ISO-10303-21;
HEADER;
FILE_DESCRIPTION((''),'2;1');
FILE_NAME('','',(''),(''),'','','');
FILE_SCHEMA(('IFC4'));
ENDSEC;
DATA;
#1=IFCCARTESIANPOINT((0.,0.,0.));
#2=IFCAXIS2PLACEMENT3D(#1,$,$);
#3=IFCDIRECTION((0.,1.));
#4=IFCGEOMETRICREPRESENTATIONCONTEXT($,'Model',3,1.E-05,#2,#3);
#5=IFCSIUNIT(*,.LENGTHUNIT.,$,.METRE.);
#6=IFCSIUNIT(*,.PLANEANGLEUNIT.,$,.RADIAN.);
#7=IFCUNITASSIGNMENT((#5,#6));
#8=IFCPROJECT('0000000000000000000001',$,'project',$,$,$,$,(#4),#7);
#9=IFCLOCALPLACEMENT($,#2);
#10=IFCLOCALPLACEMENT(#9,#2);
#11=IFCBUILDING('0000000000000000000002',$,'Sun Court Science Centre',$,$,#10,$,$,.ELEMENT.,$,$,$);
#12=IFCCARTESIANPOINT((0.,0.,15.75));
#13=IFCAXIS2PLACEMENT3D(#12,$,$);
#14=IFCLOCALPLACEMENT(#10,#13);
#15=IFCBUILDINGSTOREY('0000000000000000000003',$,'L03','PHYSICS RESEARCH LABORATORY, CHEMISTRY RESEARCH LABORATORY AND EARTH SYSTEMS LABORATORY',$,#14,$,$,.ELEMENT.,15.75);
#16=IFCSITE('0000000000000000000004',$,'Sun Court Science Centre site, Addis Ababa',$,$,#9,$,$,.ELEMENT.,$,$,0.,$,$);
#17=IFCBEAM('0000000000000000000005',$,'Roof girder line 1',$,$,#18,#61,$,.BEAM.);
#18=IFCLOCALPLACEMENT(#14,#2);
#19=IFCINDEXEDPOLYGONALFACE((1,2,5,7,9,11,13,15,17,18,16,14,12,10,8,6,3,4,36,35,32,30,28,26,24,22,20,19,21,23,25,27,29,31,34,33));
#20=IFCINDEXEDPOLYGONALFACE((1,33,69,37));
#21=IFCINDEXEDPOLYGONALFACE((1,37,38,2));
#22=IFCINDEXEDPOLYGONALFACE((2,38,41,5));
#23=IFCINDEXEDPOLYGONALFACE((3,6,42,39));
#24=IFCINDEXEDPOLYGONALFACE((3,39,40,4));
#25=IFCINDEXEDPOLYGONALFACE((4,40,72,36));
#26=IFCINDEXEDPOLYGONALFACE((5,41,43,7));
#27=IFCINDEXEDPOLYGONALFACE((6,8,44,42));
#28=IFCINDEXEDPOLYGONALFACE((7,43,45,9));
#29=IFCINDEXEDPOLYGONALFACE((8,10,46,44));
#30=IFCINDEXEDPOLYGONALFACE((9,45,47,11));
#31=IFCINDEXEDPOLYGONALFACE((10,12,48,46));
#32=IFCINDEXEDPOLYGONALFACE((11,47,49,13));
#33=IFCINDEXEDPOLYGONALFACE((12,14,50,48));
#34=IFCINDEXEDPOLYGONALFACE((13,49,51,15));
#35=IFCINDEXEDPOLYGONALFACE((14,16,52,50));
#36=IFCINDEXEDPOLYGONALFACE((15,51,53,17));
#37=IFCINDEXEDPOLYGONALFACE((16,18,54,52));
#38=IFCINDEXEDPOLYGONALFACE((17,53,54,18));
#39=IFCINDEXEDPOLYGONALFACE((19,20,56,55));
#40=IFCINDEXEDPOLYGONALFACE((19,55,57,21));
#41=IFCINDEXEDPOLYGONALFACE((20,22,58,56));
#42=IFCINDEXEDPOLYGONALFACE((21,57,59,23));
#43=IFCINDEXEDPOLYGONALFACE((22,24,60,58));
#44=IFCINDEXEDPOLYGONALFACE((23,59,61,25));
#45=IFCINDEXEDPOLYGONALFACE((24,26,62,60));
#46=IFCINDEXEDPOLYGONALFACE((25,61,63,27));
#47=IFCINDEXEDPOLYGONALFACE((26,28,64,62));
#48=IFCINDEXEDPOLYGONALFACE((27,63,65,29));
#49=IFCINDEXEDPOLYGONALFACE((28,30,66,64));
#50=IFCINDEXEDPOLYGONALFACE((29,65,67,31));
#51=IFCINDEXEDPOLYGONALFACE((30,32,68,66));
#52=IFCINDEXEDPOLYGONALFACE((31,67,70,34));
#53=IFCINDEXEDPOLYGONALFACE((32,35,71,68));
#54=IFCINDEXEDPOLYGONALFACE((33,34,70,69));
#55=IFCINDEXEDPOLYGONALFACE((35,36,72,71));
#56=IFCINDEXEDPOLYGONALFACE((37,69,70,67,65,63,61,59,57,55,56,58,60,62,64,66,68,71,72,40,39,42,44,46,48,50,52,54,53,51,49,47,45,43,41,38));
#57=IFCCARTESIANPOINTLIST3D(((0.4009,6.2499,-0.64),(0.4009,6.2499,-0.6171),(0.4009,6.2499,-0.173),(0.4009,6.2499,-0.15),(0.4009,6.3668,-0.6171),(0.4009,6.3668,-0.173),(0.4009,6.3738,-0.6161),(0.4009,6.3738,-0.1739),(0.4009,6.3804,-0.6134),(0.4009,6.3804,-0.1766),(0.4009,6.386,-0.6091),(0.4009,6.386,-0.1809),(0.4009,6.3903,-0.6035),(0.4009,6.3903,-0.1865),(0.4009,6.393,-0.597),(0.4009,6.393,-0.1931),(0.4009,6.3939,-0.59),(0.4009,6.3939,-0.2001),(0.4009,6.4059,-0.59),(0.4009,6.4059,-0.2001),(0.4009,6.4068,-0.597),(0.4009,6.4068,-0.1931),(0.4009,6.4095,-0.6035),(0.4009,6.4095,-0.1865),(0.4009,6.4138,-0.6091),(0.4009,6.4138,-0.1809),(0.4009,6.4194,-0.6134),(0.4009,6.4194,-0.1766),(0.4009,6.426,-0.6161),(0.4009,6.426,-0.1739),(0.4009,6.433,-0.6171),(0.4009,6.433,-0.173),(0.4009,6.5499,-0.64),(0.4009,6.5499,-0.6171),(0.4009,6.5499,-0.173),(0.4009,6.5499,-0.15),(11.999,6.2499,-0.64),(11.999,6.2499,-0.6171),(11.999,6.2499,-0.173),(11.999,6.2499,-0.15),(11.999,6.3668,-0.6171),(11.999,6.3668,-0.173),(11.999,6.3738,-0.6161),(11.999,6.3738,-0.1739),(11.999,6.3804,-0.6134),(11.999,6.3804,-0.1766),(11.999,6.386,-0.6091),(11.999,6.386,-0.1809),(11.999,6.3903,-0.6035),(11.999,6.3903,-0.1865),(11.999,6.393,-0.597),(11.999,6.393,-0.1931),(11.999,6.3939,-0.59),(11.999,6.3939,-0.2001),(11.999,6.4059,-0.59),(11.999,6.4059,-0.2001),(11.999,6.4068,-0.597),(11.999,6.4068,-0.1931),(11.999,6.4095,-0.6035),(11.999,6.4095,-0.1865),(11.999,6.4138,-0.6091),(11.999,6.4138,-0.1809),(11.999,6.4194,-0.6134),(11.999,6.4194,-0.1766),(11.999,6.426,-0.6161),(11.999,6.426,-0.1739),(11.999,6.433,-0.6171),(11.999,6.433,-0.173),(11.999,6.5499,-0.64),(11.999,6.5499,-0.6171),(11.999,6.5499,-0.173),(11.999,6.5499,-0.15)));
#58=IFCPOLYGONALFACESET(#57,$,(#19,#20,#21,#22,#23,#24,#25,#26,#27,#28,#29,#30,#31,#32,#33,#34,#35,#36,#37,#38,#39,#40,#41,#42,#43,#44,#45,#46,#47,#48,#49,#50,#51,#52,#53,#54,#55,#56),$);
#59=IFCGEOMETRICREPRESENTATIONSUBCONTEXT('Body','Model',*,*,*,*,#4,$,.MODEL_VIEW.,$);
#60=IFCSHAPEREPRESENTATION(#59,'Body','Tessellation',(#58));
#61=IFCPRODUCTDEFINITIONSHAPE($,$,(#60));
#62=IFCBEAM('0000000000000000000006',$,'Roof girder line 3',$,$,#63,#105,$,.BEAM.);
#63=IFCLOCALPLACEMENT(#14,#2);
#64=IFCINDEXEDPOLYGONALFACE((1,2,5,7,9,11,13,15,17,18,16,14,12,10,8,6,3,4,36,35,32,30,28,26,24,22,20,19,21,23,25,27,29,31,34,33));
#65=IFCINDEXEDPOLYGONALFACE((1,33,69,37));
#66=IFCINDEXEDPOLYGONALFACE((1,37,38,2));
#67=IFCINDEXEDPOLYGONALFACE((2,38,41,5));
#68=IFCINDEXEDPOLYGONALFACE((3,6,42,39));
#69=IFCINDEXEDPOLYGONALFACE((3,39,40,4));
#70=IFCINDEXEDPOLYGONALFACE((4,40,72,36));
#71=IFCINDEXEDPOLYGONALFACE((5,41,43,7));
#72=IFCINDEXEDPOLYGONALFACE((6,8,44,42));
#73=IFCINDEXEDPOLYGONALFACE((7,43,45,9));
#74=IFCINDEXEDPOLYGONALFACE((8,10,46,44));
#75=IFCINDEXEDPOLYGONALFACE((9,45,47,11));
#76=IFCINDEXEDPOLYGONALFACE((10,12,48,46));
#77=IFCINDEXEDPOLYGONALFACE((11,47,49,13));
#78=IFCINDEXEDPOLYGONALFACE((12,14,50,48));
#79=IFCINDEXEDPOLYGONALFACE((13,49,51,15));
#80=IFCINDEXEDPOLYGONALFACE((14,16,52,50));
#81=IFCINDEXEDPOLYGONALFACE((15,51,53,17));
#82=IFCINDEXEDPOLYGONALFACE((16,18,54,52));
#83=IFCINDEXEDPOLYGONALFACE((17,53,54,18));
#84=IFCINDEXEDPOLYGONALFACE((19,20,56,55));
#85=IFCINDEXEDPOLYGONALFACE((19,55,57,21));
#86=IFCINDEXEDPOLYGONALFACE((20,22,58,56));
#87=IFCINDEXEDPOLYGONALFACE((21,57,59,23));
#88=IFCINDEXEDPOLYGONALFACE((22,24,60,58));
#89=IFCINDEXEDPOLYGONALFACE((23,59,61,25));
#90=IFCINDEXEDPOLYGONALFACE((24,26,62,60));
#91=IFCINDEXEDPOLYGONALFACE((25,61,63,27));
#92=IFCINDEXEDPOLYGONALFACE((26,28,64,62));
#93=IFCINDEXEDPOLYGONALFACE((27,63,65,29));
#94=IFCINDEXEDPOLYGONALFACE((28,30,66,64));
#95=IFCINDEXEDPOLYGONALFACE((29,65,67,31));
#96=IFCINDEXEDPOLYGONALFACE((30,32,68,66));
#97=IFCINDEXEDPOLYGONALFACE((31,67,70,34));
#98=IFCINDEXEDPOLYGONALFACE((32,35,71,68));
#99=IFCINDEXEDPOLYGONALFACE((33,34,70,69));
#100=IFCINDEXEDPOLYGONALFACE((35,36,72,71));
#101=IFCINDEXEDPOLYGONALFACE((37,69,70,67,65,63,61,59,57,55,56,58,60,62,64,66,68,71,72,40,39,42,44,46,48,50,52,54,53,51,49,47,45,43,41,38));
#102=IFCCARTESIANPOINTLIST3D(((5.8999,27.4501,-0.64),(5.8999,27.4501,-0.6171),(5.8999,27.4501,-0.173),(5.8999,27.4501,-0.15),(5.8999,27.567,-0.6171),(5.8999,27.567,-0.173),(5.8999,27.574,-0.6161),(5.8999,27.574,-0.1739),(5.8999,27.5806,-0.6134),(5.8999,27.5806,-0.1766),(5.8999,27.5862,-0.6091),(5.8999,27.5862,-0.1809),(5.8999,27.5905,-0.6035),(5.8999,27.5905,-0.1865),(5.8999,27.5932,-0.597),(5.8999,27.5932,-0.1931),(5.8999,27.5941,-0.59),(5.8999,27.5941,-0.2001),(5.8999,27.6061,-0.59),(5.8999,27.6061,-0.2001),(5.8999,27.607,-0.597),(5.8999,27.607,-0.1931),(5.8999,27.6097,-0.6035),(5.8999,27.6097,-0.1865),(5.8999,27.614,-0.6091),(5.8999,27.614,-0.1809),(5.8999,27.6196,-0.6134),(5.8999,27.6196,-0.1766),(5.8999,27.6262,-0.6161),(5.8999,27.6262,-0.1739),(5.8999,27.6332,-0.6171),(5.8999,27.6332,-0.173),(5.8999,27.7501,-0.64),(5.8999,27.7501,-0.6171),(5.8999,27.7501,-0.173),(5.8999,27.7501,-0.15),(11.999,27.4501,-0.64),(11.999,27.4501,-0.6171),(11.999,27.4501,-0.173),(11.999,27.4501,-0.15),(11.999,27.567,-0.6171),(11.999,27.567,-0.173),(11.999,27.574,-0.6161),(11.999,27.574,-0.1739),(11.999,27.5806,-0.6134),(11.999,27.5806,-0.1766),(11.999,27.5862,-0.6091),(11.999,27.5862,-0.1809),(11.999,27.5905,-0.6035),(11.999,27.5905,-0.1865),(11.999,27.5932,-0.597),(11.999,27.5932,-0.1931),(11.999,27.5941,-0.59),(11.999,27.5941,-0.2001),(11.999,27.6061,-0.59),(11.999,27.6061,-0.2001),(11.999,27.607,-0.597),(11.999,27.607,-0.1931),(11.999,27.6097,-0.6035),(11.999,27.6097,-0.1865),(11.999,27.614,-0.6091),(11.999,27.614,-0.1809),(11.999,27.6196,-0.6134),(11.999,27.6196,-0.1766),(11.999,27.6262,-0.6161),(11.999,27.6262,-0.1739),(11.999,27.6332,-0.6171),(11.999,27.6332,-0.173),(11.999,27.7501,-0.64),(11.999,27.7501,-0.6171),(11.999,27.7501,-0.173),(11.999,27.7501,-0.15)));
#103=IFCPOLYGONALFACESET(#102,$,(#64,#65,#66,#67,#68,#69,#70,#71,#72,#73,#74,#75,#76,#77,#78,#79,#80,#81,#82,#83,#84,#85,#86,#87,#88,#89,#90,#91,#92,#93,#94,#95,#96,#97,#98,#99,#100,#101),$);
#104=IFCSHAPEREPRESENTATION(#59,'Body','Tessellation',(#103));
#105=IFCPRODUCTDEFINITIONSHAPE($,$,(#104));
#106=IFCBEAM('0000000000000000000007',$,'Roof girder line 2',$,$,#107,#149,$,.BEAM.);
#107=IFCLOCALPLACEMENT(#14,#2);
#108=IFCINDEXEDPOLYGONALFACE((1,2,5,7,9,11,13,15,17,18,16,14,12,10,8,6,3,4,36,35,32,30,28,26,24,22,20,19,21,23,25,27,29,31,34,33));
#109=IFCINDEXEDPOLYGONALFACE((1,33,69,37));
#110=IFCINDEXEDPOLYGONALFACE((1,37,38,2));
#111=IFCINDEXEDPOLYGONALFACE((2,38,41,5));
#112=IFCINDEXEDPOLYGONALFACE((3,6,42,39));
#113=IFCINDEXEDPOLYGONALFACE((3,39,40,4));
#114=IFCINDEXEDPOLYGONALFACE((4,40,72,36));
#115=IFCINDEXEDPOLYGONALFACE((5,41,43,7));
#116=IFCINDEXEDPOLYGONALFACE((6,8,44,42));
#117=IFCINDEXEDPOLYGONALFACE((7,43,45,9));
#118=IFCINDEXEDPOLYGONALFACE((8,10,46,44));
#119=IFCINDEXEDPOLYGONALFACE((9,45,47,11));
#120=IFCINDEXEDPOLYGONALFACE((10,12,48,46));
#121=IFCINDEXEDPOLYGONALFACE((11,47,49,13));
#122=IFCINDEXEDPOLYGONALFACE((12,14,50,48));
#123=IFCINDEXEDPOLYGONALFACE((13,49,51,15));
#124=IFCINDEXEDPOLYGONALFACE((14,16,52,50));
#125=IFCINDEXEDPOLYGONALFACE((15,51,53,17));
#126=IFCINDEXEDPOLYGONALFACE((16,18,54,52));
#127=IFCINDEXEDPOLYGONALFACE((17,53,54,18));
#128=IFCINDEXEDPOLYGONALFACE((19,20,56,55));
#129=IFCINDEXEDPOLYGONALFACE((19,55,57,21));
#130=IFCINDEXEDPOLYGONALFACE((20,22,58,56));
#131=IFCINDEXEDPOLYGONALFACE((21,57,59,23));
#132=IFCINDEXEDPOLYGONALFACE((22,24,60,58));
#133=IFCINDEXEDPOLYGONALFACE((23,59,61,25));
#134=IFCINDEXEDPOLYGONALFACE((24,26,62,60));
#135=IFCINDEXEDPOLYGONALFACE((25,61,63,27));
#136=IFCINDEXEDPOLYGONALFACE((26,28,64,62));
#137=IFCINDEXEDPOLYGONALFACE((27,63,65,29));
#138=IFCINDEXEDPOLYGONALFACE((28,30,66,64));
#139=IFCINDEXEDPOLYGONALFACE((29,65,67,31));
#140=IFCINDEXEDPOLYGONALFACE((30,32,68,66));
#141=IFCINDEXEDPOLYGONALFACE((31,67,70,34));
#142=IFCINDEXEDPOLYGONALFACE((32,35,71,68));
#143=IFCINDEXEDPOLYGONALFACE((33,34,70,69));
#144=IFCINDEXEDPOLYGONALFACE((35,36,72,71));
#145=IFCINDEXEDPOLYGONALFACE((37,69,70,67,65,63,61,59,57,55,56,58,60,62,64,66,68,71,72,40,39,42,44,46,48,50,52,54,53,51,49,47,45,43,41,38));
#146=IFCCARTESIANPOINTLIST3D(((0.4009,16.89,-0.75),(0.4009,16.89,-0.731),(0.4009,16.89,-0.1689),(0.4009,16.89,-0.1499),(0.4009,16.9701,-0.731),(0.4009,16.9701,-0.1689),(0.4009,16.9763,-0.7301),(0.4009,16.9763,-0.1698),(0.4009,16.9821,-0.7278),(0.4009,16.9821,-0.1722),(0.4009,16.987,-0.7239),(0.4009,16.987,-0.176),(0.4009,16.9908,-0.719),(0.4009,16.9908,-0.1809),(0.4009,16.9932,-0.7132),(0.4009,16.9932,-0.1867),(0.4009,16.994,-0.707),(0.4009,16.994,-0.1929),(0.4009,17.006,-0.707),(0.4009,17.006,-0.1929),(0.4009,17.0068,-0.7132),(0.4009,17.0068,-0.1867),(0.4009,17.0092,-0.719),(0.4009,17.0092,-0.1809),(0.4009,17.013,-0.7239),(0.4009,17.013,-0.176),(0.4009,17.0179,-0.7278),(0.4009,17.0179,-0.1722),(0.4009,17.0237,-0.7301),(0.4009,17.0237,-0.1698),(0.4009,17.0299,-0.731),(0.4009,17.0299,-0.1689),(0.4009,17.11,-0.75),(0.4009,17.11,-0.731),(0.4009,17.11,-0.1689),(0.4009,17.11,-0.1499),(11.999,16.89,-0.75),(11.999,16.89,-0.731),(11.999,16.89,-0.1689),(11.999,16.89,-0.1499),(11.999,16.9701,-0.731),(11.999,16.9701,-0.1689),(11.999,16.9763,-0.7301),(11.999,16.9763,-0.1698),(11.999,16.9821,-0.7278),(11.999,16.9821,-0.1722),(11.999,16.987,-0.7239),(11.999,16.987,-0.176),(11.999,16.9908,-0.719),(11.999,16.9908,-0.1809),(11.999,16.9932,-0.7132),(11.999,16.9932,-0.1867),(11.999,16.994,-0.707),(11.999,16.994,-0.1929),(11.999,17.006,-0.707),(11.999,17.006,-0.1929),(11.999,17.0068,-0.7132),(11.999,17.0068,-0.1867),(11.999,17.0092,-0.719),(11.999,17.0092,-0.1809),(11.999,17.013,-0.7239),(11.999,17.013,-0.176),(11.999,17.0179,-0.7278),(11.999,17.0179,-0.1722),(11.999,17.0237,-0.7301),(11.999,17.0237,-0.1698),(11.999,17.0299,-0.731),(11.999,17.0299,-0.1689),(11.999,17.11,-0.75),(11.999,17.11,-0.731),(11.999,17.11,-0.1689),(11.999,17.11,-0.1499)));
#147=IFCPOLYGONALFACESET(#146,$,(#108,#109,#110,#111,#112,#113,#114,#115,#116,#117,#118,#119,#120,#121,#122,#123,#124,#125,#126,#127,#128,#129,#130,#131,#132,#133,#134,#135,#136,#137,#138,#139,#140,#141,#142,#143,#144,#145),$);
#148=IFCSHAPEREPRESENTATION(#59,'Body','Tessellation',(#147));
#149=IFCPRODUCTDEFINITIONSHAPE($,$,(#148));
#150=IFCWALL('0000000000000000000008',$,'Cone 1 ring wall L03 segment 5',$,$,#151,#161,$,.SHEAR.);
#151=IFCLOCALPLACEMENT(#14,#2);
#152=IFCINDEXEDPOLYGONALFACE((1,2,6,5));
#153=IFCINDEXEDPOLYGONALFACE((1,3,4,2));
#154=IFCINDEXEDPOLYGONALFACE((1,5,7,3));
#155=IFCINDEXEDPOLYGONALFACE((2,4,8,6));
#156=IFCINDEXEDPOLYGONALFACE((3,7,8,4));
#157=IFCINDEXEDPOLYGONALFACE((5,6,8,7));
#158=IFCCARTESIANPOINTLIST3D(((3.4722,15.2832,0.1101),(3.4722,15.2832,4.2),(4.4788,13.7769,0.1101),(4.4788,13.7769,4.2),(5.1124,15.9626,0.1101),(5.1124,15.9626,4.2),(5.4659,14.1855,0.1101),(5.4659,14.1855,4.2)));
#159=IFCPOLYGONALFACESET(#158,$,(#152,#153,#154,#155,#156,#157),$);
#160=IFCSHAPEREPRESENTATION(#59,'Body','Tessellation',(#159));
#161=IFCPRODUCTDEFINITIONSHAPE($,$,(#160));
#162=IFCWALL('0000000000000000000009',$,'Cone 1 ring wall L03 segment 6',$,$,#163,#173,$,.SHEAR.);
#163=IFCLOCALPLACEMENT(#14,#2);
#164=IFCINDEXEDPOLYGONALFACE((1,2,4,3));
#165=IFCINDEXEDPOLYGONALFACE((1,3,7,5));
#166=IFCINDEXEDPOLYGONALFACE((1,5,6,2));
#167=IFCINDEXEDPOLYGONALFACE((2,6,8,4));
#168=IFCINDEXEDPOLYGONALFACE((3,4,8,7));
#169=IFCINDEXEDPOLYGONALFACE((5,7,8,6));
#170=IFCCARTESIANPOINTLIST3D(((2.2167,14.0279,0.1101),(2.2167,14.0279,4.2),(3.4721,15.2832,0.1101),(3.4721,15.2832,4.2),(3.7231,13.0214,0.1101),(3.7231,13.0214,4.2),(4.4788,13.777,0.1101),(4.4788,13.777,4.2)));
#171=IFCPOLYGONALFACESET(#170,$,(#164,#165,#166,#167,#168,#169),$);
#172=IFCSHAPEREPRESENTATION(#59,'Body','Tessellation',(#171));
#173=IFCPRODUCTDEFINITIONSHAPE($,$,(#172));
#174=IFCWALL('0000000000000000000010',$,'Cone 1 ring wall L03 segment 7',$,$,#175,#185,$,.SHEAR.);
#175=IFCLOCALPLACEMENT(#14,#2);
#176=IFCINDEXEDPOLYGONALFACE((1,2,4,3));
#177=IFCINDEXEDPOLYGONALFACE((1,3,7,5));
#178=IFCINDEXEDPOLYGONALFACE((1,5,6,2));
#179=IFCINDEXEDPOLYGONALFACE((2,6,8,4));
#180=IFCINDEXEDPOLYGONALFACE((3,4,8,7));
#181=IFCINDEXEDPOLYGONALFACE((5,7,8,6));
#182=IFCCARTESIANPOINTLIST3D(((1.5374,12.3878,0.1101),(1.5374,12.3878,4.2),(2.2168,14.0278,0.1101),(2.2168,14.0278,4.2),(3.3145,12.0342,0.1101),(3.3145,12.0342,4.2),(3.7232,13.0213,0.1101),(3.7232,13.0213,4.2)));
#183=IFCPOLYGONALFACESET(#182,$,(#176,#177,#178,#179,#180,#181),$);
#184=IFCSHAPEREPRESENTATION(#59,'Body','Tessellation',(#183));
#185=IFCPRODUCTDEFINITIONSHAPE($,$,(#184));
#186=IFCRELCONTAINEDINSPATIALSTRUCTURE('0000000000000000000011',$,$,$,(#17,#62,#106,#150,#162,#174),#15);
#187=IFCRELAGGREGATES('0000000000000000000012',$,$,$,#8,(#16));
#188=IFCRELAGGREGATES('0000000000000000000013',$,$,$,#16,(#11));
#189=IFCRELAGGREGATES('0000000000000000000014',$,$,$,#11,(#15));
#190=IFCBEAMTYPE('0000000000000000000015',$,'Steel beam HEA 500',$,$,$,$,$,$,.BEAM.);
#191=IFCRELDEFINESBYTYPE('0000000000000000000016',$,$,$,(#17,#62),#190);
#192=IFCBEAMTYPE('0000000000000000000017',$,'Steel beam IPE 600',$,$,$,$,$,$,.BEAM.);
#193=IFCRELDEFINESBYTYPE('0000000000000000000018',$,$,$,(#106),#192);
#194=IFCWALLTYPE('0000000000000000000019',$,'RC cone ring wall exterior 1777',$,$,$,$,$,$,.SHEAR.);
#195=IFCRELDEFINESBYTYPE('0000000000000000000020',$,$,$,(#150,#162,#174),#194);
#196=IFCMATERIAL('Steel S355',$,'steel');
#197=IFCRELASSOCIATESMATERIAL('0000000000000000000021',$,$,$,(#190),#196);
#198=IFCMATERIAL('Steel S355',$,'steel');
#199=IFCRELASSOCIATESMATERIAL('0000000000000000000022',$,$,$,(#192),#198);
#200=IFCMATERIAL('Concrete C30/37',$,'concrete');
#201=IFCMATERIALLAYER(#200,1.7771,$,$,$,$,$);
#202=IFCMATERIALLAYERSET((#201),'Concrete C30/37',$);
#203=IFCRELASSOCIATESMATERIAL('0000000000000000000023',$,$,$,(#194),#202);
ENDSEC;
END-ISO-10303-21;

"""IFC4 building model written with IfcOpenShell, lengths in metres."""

from ifc_helpers import new_model, si_unit, direction, frame, origin, origin_2d, place, context, subcontext, project, spatial, polyline, i_section, outline, extrude, material, layer, layer_set, material_profile, profile_set, type_object, element, save


model = new_model("IFC4")

# Units and contexts
model_context = context("Model", 3, precision=1e-05, world=origin(), true_north=direction((0.0, 1.0)))
body_context = subcontext(model_context, "Body", "Model", "MODEL_VIEW")
ifc_project = project(units=[si_unit("LENGTHUNIT", "METRE"), si_unit("PLANEANGLEUNIT", "RADIAN")], contexts=[model_context])

# Site, building, storey
site_placement = place(None, origin())
site = spatial("IfcSite", under=ifc_project, at=site_placement, Name="Sun Court Science Centre site, Addis Ababa", CompositionType="ELEMENT", RefElevation=0.0)
building_placement = place(site_placement, origin())
building = spatial("IfcBuilding", under=site, at=building_placement, Name="Sun Court Science Centre", CompositionType="ELEMENT")
storey_placement = place(building_placement, frame((0.0, 0.0, 15.75)))
storey = spatial("IfcBuildingStorey", under=building, at=storey_placement, Name="L03", Description="PHYSICS RESEARCH LABORATORY, CHEMISTRY RESEARCH LABORATORY AND EARTH SYSTEMS LABORATORY", CompositionType="ELEMENT", Elevation=15.75)

# Beams
ifc_material_1 = material(Name="Steel S355", Category="steel")
ifc_material_profile_1 = material_profile(ifc_material_1, i_section(OverallWidth=0.3, OverallDepth=0.49, WebThickness=0.012, FlangeThickness=0.0229, FilletRadius=0.0271, at=origin_2d()), Name="HEA 500")
ifc_profile_set_1 = profile_set([ifc_material_profile_1], Name="Steel S355")
beam_type_1 = type_object("IfcBeamType", Name="Steel beam HEA 500", PredefinedType="BEAM", material=ifc_profile_set_1)
beam_1_placement = place(storey_placement, frame((0.4009, 6.3999, -0.395), z_axis=(1.0, 0.0, 0.0), x_axis=(0.0, 1.0, 0.0)))
element("IfcBeam", 1, at=beam_1_placement, inside=storey, type_object=beam_type_1, Name="Roof girder line 1", PredefinedType="BEAM", context=body_context, shape_type="SweptSolid", body=[
    extrude(i_section(OverallWidth=0.3, OverallDepth=0.49, WebThickness=0.012, FlangeThickness=0.0229, FilletRadius=0.0271, at=origin_2d()), origin(), (0.0, 0.0, 1.0), 11.5981),
])
beam_2_placement = place(storey_placement, frame((5.8999, 27.6001, -0.395), z_axis=(1.0, 0.0, 0.0), x_axis=(0.0, 1.0, 0.0)))
element("IfcBeam", 2, at=beam_2_placement, inside=storey, type_object=beam_type_1, Name="Roof girder line 3", PredefinedType="BEAM", context=body_context, shape_type="SweptSolid", body=[
    extrude(i_section(OverallWidth=0.3, OverallDepth=0.49, WebThickness=0.012, FlangeThickness=0.0229, FilletRadius=0.0271, at=origin_2d()), origin(), (0.0, 0.0, 1.0), 6.0991),
])
ifc_material_2 = material(Name="Steel S355", Category="steel")
ifc_material_profile_2 = material_profile(ifc_material_2, i_section(OverallWidth=0.22, OverallDepth=0.6001, WebThickness=0.012, FlangeThickness=0.019, FilletRadius=0.0239, at=origin_2d()), Name="IPE 600")
ifc_profile_set_2 = profile_set([ifc_material_profile_2], Name="Steel S355")
beam_type_2 = type_object("IfcBeamType", Name="Steel beam IPE 600", PredefinedType="BEAM", material=ifc_profile_set_2)
beam_3_placement = place(storey_placement, frame((0.4009, 17.0, -0.45), z_axis=(1.0, 0.0, 0.0), x_axis=(0.0, 1.0, 0.0)))
element("IfcBeam", 3, at=beam_3_placement, inside=storey, type_object=beam_type_2, Name="Roof girder line 2", PredefinedType="BEAM", context=body_context, shape_type="SweptSolid", body=[
    extrude(i_section(OverallWidth=0.22, OverallDepth=0.6001, WebThickness=0.012, FlangeThickness=0.019, FilletRadius=0.0239, at=origin_2d()), origin(), (0.0, 0.0, 1.0), 11.5981),
])

# Walls
ifc_material_3 = material(Name="Concrete C30/37", Category="concrete")
ifc_layer_1 = layer(ifc_material_3, 1.7771)
ifc_layer_set_1 = layer_set([ifc_layer_1], Name="Concrete C30/37")
wall_type_1 = type_object("IfcWallType", Name="RC cone ring wall exterior 1777", PredefinedType="SHEAR", material=ifc_layer_set_1)
wall_1_placement = place(storey_placement, frame((5.4524, 15.1418, 0.1101), z_axis=(0.0, 0.0, 1.0), x_axis=(-0.923864, -0.38272, 0.0)))
element("IfcWall", 4, at=wall_1_placement, inside=storey, type_object=wall_type_1, Name="Cone 1 ring wall L03 segment 5", PredefinedType="SHEAR", context=body_context, shape_type="SweptSolid", body=[
    extrude(outline(polyline([(0.0, -0.8884), (1.7754, -0.8884), (1.4219, 0.8884), (0.3535, 0.8887), (0.0, -0.8884)])), origin(), (0.0, 0.0, 1.0), 4.0898),
])
wall_2_placement = place(storey_placement, frame((4.1003, 14.655, 0.1101), z_axis=(0.0, 0.0, 1.0), x_axis=(-0.707107, -0.707107, 0.0)))
element("IfcWall", 5, at=wall_2_placement, inside=storey, type_object=wall_type_1, Name="Cone 1 ring wall L03 segment 6", PredefinedType="SHEAR", context=body_context, shape_type="SweptSolid", body=[
    extrude(outline(polyline([(0.0, -0.8884), (1.7754, -0.8884), (1.4219, 0.8884), (0.3533, 0.8884), (0.0, -0.8884)])), origin(), (0.0, 0.0, 1.0), 4.0898),
])
wall_3_placement = place(storey_placement, frame((3.0376, 13.6877, 0.1101), z_axis=(0.0, 0.0, 1.0), x_axis=(-0.38272, -0.923864, 0.0)))
element("IfcWall", 6, at=wall_3_placement, inside=storey, type_object=wall_type_1, Name="Cone 1 ring wall L03 segment 7", PredefinedType="SHEAR", context=body_context, shape_type="SweptSolid", body=[
    extrude(outline(polyline([(0.0, -0.8884), (1.7751, -0.8884), (1.4216, 0.8887), (0.3533, 0.8884), (0.0, -0.8884)])), origin(), (0.0, 0.0, 1.0), 4.0898),
])

save(model, "model.ifc")
